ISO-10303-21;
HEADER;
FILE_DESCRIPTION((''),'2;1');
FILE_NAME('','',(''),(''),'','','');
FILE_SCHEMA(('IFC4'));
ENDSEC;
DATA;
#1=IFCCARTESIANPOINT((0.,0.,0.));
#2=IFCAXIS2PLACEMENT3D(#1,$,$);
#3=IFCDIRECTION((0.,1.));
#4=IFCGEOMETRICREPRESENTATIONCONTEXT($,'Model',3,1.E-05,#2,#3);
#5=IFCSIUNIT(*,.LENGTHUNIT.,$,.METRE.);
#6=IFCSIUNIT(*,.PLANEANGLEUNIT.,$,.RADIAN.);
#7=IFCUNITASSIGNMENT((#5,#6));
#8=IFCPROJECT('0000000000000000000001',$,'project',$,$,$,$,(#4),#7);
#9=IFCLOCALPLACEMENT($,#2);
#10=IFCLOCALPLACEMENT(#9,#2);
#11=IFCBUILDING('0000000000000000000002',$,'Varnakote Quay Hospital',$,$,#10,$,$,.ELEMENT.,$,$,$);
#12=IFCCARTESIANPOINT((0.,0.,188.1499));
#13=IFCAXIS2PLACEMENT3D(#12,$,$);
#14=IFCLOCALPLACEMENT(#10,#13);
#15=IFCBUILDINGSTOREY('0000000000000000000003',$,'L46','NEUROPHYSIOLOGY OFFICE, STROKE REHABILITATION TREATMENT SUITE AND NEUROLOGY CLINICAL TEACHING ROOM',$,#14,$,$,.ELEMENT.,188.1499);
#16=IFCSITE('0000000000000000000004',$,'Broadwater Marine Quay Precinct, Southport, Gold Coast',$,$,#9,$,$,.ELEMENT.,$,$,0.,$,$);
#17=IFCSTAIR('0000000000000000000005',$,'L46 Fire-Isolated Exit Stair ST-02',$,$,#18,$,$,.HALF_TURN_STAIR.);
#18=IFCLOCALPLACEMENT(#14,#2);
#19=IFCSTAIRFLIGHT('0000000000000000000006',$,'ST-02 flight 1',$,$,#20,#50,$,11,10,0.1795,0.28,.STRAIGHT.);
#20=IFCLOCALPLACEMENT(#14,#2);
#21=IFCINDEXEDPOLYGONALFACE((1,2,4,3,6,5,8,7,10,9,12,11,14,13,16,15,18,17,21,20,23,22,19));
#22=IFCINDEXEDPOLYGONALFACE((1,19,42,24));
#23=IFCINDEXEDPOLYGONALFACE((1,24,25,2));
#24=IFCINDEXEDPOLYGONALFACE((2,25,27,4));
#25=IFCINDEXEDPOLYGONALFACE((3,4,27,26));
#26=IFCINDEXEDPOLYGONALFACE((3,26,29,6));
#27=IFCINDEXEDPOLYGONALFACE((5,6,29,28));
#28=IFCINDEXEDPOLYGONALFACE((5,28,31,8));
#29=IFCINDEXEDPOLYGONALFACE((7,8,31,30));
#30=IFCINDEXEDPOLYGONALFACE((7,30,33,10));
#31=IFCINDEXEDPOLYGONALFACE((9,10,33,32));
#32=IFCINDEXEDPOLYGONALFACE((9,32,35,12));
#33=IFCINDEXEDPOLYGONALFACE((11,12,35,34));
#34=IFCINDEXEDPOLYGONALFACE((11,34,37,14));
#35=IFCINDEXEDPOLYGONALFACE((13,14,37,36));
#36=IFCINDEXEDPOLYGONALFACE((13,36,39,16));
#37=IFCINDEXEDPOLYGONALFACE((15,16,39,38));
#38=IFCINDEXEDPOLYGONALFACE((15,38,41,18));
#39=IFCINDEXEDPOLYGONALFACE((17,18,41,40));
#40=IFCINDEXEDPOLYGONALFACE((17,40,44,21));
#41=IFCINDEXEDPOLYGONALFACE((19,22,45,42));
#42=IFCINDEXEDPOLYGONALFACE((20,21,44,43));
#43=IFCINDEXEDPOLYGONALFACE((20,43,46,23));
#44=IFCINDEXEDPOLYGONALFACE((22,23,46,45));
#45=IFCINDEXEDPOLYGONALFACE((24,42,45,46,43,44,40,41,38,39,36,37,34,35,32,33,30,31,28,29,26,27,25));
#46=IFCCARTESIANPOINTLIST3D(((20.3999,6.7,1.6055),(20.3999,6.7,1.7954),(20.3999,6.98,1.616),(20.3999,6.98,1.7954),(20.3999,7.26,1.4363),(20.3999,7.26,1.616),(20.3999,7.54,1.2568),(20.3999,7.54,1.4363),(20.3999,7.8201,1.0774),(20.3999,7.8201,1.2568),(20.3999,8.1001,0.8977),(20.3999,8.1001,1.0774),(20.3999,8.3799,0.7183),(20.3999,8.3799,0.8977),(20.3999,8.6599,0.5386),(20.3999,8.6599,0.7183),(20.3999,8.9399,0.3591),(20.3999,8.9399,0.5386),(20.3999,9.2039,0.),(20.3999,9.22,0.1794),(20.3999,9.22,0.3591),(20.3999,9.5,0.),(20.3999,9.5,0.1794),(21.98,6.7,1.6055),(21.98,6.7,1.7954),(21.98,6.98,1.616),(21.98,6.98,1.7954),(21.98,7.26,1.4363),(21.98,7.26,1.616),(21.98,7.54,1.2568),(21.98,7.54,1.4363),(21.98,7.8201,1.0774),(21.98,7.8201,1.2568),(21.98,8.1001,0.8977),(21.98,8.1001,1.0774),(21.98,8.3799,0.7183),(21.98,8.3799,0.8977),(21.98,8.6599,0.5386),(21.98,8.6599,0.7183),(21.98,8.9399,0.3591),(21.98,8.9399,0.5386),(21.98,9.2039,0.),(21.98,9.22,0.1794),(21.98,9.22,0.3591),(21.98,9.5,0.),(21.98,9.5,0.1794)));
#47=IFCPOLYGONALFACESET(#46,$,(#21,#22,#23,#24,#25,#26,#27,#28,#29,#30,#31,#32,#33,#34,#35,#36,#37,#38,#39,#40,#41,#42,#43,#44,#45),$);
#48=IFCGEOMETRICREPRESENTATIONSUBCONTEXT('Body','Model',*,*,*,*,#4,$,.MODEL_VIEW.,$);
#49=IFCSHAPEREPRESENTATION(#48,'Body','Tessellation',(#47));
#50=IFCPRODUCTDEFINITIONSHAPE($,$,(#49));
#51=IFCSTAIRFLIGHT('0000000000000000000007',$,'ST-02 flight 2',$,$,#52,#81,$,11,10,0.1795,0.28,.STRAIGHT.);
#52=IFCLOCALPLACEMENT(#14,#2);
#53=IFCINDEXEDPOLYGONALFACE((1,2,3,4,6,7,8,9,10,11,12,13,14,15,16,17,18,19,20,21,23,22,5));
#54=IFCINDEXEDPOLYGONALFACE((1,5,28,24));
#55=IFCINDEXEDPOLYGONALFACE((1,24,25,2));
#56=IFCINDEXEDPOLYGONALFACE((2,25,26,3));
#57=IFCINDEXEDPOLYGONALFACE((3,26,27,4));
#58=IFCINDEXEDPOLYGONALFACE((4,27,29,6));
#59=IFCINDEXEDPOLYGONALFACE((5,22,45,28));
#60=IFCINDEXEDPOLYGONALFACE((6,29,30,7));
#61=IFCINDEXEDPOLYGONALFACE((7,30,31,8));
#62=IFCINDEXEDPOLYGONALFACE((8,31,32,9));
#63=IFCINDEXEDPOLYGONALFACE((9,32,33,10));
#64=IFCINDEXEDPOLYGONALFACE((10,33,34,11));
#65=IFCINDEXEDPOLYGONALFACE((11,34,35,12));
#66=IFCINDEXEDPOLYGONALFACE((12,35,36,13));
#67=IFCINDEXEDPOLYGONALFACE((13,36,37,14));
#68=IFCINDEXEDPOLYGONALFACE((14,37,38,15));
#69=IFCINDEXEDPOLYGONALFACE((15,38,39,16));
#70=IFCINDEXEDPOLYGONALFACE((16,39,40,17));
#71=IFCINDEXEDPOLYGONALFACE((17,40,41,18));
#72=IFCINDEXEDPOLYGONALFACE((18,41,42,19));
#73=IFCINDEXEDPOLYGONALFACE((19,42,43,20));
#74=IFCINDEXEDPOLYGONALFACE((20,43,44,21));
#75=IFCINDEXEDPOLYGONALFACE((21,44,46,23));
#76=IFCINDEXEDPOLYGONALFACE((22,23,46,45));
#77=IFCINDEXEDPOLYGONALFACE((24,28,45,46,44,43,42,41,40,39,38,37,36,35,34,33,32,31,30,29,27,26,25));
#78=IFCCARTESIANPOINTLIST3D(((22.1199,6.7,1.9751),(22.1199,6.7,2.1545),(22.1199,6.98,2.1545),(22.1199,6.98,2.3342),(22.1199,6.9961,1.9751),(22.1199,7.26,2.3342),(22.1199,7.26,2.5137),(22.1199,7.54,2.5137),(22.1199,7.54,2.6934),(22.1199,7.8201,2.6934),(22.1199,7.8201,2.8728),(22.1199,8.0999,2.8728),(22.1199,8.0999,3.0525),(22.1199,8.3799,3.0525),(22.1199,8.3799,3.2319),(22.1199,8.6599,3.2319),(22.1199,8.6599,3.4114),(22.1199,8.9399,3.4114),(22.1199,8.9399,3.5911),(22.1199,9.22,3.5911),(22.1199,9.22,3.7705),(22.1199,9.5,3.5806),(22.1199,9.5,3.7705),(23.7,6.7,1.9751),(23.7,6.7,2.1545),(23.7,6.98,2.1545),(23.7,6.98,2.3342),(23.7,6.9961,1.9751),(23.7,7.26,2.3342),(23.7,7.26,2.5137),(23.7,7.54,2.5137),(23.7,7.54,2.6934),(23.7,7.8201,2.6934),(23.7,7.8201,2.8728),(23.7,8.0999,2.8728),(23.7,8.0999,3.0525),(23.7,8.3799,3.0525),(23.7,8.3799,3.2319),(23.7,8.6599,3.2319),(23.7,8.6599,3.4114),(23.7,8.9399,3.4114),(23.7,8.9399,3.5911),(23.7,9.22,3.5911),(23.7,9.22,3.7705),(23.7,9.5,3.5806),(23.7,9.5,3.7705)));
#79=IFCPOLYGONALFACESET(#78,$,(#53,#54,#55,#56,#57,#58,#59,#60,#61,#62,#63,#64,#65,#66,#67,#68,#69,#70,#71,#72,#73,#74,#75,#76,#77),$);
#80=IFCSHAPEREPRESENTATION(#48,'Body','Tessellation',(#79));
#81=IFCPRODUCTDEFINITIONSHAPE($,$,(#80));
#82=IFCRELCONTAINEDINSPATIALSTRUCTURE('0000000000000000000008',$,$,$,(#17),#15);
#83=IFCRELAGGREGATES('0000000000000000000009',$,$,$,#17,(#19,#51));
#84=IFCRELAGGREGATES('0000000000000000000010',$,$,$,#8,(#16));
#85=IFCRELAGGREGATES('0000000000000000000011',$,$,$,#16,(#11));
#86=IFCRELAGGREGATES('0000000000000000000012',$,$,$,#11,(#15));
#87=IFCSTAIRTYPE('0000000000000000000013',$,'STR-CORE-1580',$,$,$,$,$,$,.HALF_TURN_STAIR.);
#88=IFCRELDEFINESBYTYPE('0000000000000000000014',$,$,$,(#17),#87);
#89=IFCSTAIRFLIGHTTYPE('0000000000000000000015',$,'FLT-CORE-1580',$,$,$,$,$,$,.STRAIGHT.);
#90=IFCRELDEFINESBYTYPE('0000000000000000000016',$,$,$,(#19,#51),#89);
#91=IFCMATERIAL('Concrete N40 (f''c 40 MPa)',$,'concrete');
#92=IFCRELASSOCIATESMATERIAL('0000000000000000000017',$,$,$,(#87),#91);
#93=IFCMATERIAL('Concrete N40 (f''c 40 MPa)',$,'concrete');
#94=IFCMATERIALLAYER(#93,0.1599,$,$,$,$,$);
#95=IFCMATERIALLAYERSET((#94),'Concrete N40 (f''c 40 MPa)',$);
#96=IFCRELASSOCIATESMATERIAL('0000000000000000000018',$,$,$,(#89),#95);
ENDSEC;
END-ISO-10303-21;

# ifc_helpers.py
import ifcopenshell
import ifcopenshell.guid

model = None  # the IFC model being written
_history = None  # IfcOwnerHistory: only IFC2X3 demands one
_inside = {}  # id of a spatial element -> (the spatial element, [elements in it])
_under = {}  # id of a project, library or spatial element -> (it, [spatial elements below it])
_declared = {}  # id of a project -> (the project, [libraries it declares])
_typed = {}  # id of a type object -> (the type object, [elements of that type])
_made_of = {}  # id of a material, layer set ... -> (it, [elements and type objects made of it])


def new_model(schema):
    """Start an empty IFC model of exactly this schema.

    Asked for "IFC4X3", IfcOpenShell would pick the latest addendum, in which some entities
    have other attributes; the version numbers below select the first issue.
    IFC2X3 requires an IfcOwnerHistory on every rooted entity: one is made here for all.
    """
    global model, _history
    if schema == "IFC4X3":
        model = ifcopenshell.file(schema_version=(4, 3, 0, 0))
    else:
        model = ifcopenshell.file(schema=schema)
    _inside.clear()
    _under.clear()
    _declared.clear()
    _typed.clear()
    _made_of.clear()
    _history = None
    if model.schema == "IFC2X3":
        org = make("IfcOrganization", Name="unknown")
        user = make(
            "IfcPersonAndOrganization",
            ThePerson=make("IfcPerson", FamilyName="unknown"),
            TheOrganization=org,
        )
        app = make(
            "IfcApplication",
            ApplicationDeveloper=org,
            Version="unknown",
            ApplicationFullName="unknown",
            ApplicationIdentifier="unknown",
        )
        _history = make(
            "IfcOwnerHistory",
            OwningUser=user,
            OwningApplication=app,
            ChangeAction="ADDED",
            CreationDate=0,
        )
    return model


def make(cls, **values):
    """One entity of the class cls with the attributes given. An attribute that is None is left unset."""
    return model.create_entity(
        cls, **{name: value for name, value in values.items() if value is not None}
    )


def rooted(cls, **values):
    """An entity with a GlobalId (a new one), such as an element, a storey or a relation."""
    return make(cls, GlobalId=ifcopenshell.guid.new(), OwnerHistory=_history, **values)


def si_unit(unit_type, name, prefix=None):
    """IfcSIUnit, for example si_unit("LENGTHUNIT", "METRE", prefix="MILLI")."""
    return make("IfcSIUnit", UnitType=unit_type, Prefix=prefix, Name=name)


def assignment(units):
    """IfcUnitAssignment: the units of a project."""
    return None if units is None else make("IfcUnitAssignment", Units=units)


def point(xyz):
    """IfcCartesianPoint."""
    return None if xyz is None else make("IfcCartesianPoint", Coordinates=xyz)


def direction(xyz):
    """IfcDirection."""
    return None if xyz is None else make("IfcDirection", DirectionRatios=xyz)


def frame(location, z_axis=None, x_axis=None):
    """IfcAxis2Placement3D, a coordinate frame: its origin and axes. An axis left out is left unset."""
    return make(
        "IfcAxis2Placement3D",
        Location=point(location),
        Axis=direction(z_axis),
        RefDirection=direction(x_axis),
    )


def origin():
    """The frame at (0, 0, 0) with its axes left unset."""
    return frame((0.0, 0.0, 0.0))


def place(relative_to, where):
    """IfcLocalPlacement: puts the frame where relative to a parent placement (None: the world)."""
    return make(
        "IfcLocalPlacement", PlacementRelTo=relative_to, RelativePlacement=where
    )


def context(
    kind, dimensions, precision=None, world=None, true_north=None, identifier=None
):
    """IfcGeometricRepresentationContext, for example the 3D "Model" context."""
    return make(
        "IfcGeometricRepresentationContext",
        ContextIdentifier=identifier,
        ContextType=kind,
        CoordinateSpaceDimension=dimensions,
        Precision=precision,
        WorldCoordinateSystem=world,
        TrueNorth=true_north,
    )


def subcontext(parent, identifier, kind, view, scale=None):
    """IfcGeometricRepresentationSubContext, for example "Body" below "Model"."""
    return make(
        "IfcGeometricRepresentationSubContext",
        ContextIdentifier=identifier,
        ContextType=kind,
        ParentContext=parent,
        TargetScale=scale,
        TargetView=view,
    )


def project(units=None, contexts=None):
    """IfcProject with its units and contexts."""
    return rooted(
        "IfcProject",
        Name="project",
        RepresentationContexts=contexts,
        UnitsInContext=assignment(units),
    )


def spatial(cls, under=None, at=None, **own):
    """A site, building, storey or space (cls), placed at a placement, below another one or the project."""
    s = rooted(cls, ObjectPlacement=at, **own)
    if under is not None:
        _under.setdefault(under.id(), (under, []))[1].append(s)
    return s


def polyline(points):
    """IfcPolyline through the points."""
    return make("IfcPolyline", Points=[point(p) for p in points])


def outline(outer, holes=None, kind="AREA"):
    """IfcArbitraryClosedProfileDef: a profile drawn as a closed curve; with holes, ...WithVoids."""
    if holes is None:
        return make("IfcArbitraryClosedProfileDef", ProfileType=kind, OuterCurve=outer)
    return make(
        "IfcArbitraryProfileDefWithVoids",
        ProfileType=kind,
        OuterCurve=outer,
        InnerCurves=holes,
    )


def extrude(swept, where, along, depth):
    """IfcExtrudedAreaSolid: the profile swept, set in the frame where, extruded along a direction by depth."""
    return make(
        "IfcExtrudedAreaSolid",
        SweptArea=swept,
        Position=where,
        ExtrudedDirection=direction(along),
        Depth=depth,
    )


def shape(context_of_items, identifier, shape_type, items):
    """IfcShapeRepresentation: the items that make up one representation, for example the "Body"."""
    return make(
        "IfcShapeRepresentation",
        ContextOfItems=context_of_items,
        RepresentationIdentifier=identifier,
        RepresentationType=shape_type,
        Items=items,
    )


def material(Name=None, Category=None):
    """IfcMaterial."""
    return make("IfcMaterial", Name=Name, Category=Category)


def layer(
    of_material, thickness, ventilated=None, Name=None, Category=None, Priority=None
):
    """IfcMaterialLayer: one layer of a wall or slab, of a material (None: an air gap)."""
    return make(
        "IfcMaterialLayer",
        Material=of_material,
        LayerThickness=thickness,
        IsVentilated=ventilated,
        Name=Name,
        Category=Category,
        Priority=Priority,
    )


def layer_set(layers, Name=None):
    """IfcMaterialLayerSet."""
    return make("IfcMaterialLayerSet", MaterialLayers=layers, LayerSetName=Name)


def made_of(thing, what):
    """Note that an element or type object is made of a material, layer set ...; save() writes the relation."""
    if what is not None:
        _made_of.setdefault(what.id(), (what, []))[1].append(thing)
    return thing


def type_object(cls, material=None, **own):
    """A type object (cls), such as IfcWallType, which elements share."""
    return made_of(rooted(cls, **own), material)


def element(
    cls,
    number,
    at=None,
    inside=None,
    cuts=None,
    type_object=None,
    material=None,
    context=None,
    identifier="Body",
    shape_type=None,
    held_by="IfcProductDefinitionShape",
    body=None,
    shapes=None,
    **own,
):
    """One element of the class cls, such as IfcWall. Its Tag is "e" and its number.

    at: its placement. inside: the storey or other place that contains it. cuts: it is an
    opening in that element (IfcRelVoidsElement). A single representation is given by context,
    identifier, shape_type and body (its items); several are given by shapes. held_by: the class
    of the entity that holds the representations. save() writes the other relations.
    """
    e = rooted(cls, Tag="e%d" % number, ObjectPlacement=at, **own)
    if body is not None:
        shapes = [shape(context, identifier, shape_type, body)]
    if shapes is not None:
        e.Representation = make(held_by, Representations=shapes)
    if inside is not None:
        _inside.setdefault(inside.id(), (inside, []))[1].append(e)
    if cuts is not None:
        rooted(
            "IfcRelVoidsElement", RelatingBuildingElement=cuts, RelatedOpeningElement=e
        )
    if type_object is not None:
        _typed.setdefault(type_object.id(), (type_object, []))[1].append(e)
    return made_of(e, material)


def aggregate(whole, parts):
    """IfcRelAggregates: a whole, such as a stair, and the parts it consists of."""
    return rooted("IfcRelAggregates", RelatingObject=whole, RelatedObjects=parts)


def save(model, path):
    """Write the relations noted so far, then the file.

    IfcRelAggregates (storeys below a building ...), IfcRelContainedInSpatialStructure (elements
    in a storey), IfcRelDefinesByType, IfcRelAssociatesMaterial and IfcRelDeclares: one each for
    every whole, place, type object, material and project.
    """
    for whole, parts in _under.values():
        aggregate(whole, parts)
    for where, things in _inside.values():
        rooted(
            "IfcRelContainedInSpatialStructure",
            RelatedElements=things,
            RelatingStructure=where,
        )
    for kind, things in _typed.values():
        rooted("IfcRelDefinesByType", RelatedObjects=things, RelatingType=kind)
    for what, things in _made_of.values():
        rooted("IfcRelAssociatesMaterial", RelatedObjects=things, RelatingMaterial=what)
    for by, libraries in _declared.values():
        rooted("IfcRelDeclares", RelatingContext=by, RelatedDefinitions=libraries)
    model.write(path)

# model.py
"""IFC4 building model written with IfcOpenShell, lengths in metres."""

from ifc_helpers import new_model, si_unit, direction, frame, origin, place, context, subcontext, project, spatial, polyline, outline, extrude, material, layer, layer_set, type_object, element, aggregate, save


model = new_model("IFC4")

# Units and contexts
model_context = context("Model", 3, precision=1e-05, world=origin(), true_north=direction((0.0, 1.0)))
body_context = subcontext(model_context, "Body", "Model", "MODEL_VIEW")
ifc_project = project(units=[si_unit("LENGTHUNIT", "METRE"), si_unit("PLANEANGLEUNIT", "RADIAN")], contexts=[model_context])

# Site, building, storey
site_placement = place(None, origin())
site = spatial("IfcSite", under=ifc_project, at=site_placement, Name="Broadwater Marine Quay Precinct, Southport, Gold Coast", CompositionType="ELEMENT", RefElevation=0.0)
building_placement = place(site_placement, origin())
building = spatial("IfcBuilding", under=site, at=building_placement, Name="Varnakote Quay Hospital", CompositionType="ELEMENT")
storey_placement = place(building_placement, frame((0.0, 0.0, 188.1499)))
storey = spatial("IfcBuildingStorey", under=building, at=storey_placement, Name="L46", Description="NEUROPHYSIOLOGY OFFICE, STROKE REHABILITATION TREATMENT SUITE AND NEUROLOGY CLINICAL TEACHING ROOM", CompositionType="ELEMENT", Elevation=188.1499)

# Stair, stair flights
ifc_material_1 = material(Name="Concrete N40 (f'c 40 MPa)", Category="concrete")
stair_type = type_object("IfcStairType", Name="STR-CORE-1580", PredefinedType="HALF_TURN_STAIR", material=ifc_material_1)
stair_placement = place(storey_placement, origin())
stair = element("IfcStair", 1, at=stair_placement, inside=storey, type_object=stair_type, Name="L46 Fire-Isolated Exit Stair ST-02", PredefinedType="HALF_TURN_STAIR")
ifc_material_2 = material(Name="Concrete N40 (f'c 40 MPa)", Category="concrete")
ifc_layer_1 = layer(ifc_material_2, 0.1599)
ifc_layer_set_1 = layer_set([ifc_layer_1], Name="Concrete N40 (f'c 40 MPa)")
stair_flight_type = type_object("IfcStairFlightType", Name="FLT-CORE-1580", PredefinedType="STRAIGHT", material=ifc_layer_set_1)
stair_flight_1_placement = place(storey_placement, frame((21.1899, 9.5, 0.0), z_axis=(0.0, 0.0, 1.0), x_axis=(0.0, -1.0, 0.0)))
stair_flight_1 = element("IfcStairFlight", 2, at=stair_flight_1_placement, type_object=stair_flight_type, Name="ST-02 flight 1", NumberOfRisers=11, NumberOfTreads=10, PredefinedType="STRAIGHT", RiserHeight=0.1795, TreadLength=0.28, context=body_context, shape_type="SweptSolid", body=[
    extrude(outline(polyline([(0.0, 0.0), (0.0, 0.1794), (0.28, 0.1794), (0.28, 0.3591), (0.5601, 0.3591), (0.5601, 0.5386), (0.8401, 0.5386), (0.8401, 0.7183), (1.1201, 0.7183), (1.1201, 0.8977), (1.3999, 0.8977), (1.3999, 1.0774), (1.6799, 1.0774), (1.6799, 1.2568), (1.96, 1.2568), (1.96, 1.4363), (2.24, 1.4363), (2.24, 1.616), (2.52, 1.616), (2.52, 1.7954), (2.8, 1.7954), (2.8, 1.9751), (2.8, 1.6055), (0.2961, 0.0), (0.0, 0.0)])), frame((0.0, 0.79, 0.0), z_axis=(0.0, -1.0, 0.0), x_axis=(1.0, 0.0, 0.0)), (0.0, 0.0, 1.0), 1.5801),
])
stair_flight_2_placement = place(storey_placement, frame((22.9099, 6.7, 1.9751), z_axis=(0.0, 0.0, 1.0), x_axis=(0.0, 1.0, 0.0)))
stair_flight_2 = element("IfcStairFlight", 3, at=stair_flight_2_placement, type_object=stair_flight_type, Name="ST-02 flight 2", NumberOfRisers=11, NumberOfTreads=10, PredefinedType="STRAIGHT", RiserHeight=0.1795, TreadLength=0.28, context=body_context, shape_type="SweptSolid", body=[
    extrude(outline(polyline([(0.0, 0.0), (0.0, 0.1794), (0.28, 0.1794), (0.28, 0.3591), (0.5601, 0.3591), (0.5601, 0.5386), (0.8401, 0.5386), (0.8401, 0.7183), (1.1201, 0.7183), (1.1201, 0.8977), (1.3999, 0.8977), (1.3999, 1.0774), (1.6799, 1.0774), (1.6799, 1.2568), (1.96, 1.2568), (1.96, 1.4363), (2.24, 1.4363), (2.24, 1.616), (2.52, 1.616), (2.52, 1.7954), (2.8, 1.7954), (2.8, 1.9751), (2.8, 1.6055), (0.2961, 0.0), (0.0, 0.0)])), frame((0.0, 0.79, 0.0), z_axis=(0.0, -1.0, 0.0), x_axis=(1.0, 0.0, 0.0)), (0.0, 0.0, 1.0), 1.5801),
])
aggregate(stair, [stair_flight_1, stair_flight_2])

save(model, "model.ifc")
